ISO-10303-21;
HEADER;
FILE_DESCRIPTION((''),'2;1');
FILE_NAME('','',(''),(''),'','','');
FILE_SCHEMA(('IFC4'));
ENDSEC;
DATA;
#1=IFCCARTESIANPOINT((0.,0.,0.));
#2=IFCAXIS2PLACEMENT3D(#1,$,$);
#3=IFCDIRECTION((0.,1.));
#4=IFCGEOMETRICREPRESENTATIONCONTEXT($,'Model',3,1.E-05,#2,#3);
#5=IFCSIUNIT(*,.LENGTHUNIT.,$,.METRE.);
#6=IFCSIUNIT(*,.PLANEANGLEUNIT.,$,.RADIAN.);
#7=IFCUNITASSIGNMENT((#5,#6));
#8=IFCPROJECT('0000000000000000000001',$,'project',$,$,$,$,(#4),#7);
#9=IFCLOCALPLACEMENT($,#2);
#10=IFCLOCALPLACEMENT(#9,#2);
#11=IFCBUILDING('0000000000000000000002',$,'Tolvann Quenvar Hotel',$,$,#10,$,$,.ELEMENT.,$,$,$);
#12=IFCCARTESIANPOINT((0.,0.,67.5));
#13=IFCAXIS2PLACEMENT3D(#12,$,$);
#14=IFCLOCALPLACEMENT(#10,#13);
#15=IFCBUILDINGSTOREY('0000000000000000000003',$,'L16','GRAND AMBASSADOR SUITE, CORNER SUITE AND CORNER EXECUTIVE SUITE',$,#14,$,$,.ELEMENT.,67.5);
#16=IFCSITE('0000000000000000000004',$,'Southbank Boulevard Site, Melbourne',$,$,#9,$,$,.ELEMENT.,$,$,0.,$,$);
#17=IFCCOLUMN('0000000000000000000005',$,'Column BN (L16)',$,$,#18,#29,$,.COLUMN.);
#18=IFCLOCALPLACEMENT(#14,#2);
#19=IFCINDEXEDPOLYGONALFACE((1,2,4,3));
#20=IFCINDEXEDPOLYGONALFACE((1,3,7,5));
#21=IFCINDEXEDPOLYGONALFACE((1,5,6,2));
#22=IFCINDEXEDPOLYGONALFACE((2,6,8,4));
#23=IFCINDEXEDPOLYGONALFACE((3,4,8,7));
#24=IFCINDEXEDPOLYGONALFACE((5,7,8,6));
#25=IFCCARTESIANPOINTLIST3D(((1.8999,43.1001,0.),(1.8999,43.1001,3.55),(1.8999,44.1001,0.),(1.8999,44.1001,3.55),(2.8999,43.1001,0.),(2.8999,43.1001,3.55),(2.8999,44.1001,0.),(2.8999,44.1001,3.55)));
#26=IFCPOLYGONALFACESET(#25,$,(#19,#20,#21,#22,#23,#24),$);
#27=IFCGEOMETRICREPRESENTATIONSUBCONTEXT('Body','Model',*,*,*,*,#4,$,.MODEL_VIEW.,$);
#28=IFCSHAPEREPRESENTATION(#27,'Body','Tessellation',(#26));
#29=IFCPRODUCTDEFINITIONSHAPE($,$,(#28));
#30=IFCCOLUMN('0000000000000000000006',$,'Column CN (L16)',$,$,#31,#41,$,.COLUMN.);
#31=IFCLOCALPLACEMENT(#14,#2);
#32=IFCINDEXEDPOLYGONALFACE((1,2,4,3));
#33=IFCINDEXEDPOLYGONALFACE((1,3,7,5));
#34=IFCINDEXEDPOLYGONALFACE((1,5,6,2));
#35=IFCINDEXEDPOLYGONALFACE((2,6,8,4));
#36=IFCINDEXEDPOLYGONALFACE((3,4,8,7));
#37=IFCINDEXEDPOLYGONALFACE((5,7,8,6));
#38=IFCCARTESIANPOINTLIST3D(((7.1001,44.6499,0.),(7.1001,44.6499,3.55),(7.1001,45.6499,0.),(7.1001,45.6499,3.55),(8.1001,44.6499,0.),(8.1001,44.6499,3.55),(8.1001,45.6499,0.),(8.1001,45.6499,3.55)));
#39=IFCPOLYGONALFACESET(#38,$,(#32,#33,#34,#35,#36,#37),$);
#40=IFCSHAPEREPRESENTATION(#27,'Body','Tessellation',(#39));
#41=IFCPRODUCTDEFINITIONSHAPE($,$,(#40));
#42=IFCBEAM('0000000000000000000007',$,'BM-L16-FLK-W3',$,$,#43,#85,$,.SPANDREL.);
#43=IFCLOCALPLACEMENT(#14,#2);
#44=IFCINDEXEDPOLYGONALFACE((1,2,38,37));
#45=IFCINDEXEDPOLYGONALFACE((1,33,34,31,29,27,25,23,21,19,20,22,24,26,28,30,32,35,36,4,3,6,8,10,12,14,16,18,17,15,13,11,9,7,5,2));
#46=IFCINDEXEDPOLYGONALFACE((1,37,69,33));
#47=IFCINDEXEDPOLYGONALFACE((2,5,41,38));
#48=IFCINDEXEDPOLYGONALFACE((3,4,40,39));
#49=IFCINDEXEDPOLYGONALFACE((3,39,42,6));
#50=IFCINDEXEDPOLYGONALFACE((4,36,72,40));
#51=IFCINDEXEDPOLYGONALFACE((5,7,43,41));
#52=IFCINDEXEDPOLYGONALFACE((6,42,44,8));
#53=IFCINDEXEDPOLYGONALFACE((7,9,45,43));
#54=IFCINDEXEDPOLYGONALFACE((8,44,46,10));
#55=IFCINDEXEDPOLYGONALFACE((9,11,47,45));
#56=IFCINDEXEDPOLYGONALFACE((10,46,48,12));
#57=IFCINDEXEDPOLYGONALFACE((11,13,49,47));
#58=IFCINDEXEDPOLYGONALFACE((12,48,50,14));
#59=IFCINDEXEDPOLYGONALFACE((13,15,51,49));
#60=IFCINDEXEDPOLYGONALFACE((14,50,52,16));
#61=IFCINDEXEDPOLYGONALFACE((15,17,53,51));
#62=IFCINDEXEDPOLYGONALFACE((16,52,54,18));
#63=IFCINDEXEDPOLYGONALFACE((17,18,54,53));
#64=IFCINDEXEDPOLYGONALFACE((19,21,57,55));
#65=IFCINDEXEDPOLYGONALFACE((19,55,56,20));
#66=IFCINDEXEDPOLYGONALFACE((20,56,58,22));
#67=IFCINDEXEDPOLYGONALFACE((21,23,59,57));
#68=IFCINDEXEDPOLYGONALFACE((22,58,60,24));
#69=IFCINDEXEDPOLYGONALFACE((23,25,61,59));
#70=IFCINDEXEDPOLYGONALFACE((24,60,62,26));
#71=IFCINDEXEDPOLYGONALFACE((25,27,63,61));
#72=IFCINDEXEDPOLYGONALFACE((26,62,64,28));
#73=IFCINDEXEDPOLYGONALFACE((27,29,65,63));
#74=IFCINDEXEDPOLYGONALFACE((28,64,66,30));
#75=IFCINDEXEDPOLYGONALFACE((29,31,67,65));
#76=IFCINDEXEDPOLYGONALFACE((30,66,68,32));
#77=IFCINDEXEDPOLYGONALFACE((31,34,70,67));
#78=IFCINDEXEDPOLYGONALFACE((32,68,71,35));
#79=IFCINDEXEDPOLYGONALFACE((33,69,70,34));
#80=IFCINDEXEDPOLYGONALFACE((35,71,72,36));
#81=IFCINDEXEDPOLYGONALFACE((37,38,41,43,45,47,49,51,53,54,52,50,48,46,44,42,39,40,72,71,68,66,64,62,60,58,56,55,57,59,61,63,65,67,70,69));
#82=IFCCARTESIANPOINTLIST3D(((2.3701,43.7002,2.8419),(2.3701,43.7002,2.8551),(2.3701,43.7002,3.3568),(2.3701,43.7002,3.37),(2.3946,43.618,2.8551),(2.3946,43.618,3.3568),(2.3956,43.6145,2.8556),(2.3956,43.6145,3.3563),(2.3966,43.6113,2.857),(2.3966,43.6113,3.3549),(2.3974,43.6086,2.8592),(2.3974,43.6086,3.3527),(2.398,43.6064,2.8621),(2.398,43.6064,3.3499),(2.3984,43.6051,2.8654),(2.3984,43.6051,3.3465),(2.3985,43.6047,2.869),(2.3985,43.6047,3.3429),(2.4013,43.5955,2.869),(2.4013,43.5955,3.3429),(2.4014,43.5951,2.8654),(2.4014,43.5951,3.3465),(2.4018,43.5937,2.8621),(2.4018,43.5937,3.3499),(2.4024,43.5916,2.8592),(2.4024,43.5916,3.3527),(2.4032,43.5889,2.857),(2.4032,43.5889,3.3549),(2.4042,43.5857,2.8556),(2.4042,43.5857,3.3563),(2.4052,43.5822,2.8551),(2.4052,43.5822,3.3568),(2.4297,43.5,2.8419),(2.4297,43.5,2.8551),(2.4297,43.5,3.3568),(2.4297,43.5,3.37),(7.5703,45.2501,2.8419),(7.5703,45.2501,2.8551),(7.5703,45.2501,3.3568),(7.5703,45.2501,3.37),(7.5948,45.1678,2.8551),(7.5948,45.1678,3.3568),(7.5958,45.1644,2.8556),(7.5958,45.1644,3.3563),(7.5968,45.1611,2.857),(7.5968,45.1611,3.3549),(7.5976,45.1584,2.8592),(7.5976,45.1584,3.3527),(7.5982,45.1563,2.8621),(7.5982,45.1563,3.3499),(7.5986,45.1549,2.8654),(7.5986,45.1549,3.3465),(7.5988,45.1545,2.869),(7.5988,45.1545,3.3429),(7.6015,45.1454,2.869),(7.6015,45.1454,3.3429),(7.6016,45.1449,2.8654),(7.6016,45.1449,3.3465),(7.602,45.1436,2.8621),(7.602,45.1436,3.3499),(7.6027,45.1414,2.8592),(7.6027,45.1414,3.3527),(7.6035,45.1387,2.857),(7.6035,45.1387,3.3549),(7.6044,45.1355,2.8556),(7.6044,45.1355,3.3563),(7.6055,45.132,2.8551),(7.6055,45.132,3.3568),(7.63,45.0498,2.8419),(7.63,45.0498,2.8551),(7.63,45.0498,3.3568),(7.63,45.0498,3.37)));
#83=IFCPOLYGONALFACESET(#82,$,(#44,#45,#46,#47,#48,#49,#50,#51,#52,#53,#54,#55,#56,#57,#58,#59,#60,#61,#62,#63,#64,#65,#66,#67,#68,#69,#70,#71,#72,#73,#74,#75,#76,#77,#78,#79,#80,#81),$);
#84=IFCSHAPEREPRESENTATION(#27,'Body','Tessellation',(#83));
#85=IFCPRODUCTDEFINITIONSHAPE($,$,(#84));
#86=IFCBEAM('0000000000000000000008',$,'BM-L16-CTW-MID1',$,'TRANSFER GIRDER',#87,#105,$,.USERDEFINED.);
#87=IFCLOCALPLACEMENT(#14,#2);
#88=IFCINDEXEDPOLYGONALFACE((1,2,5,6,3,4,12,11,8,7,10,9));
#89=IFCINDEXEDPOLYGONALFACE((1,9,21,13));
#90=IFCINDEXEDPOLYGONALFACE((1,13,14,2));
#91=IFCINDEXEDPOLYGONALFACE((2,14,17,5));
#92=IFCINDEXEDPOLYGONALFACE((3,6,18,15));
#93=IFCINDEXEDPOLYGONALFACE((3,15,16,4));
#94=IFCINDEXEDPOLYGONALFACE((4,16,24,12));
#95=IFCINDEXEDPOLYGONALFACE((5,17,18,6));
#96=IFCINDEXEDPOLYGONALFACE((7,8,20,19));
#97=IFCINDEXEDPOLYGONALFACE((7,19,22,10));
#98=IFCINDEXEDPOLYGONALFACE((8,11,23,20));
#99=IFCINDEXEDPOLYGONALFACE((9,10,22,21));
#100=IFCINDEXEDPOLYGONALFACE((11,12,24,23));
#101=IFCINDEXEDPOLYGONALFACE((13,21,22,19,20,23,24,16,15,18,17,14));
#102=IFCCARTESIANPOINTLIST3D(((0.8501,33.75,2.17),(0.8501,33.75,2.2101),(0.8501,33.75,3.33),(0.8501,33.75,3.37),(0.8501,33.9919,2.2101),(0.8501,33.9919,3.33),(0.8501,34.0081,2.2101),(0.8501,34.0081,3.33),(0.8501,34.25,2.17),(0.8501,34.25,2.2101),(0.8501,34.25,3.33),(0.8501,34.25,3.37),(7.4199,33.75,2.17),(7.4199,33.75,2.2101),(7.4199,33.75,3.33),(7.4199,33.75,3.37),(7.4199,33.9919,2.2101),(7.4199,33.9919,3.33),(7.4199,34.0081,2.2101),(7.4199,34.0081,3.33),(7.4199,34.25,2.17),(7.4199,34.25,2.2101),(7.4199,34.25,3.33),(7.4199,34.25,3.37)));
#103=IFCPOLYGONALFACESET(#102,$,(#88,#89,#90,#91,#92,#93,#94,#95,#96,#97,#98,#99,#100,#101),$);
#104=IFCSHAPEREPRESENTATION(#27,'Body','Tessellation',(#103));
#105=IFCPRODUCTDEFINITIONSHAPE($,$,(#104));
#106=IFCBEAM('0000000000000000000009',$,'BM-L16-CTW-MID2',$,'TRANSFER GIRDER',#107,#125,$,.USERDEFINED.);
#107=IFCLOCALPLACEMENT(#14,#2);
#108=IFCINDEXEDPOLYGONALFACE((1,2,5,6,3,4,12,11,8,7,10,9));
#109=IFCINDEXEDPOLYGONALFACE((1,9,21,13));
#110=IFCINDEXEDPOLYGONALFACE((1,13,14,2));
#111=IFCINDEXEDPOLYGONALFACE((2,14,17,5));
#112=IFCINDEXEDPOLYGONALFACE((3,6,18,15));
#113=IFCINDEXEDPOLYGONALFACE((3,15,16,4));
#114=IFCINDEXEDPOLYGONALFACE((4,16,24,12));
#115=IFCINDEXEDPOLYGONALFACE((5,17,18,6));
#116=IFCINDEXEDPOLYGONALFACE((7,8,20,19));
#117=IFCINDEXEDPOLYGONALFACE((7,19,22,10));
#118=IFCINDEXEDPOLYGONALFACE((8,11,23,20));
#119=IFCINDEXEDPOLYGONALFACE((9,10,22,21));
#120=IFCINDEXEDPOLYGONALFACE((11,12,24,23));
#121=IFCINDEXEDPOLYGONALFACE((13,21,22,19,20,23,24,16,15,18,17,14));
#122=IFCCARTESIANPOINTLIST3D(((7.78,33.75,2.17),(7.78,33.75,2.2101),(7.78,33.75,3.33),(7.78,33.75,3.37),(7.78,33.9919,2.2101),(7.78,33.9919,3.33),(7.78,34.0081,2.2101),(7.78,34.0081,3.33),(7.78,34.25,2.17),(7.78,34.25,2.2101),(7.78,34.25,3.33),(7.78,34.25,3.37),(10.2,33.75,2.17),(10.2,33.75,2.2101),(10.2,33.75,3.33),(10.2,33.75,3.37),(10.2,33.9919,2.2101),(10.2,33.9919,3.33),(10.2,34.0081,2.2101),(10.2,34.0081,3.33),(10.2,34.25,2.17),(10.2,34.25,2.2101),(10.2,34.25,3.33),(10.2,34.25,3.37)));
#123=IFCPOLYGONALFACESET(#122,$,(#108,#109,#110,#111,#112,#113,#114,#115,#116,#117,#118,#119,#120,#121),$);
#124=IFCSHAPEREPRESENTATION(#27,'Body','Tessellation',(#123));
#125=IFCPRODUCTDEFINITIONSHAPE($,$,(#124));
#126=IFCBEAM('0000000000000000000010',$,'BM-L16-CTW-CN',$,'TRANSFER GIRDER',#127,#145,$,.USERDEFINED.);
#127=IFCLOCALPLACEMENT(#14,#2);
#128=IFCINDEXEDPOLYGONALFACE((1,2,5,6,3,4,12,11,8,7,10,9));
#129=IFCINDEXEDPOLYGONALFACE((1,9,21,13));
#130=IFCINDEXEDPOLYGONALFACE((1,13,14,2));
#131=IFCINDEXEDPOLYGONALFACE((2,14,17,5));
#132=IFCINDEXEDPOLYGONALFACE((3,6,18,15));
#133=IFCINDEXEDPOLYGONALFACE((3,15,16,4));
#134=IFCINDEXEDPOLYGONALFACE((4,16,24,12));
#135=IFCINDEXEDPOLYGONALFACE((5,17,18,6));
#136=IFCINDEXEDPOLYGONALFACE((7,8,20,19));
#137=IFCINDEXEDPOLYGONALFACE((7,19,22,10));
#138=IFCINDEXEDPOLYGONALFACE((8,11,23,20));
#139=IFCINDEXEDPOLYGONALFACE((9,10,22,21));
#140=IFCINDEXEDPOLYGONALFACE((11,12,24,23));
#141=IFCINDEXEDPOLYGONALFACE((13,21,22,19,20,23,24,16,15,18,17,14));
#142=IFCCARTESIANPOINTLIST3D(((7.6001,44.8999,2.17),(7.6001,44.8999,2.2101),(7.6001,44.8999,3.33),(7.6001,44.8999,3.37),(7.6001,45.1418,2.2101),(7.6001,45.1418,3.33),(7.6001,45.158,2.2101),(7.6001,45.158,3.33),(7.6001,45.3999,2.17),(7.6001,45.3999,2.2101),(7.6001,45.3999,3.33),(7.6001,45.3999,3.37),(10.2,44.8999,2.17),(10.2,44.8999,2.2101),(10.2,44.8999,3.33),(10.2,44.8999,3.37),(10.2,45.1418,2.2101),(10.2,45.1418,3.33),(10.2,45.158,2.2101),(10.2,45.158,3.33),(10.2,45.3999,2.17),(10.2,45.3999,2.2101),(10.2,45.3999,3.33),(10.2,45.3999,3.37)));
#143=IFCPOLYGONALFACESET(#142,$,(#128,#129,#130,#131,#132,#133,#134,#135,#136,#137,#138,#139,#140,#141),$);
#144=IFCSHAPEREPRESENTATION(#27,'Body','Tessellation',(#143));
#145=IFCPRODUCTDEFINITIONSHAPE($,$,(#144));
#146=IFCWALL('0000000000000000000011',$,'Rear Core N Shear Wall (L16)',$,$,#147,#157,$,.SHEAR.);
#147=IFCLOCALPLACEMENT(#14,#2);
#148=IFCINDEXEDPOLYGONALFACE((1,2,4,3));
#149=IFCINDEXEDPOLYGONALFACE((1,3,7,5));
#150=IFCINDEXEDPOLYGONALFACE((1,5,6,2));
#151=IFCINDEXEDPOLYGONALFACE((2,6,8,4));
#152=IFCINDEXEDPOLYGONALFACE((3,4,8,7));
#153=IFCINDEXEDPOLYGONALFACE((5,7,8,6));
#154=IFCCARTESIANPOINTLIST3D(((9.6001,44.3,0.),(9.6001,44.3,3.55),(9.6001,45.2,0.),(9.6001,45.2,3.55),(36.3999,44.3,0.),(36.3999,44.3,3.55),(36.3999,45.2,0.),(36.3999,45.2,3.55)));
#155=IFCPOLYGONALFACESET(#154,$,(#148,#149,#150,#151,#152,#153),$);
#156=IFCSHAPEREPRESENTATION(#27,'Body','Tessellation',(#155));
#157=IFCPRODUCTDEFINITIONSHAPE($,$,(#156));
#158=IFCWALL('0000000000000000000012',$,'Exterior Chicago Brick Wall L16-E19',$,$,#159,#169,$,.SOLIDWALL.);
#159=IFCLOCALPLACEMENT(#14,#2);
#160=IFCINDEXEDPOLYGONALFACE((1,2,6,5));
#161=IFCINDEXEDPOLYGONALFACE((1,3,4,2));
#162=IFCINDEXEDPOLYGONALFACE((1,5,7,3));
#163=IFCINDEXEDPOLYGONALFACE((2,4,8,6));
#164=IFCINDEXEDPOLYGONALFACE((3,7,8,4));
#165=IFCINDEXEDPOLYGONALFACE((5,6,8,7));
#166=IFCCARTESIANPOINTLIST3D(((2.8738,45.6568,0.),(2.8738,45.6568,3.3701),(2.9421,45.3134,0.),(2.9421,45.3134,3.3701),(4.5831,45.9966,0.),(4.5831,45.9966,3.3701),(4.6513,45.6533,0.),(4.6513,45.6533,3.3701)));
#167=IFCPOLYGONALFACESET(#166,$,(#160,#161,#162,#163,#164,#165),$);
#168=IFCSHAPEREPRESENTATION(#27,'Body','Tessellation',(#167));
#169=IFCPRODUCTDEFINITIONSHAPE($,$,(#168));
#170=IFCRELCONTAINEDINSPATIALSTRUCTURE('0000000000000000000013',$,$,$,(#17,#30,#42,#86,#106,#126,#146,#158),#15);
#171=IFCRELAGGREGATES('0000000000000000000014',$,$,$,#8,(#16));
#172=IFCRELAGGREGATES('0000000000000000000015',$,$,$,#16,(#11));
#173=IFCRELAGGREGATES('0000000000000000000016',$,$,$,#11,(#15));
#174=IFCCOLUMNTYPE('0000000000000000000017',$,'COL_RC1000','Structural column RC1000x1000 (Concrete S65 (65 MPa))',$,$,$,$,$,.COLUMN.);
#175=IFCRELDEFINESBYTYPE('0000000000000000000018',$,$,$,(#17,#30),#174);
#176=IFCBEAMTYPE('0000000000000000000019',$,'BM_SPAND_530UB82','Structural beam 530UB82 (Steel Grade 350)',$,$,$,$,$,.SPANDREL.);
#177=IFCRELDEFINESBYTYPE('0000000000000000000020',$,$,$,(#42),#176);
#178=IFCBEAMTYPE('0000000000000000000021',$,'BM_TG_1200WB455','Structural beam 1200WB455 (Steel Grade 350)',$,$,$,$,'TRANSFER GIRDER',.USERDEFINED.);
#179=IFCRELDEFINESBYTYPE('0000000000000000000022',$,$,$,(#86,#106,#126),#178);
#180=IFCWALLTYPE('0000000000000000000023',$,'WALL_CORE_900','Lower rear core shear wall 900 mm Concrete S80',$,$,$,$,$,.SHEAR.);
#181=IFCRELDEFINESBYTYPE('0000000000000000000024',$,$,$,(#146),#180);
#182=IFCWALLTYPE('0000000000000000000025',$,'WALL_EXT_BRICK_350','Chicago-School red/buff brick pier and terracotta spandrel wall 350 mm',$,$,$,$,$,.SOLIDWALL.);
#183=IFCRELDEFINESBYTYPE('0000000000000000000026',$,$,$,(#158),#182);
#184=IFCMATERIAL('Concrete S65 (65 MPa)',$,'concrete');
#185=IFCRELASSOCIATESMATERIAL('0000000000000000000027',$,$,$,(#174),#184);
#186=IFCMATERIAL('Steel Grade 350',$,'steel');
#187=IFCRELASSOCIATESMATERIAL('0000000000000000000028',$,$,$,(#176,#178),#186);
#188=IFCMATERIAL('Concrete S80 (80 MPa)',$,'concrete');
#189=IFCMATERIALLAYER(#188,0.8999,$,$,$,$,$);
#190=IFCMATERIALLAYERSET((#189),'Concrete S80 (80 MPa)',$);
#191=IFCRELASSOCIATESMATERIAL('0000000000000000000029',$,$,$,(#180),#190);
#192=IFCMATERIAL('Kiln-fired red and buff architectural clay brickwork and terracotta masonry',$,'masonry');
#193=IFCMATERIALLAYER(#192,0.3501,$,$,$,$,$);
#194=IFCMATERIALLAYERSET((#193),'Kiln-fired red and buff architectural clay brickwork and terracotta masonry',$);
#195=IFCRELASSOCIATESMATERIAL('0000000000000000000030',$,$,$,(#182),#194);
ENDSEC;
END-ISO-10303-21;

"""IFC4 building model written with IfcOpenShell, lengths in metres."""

from ifc_helpers import new_model, si_unit, direction, frame, frame_2d, origin, origin_2d, place, context, subcontext, project, spatial, rectangle, i_section, extrude, source, transform, mapped, material, layer, layer_set, material_profile, profile_set, type_object, type_shapes, element, save


model = new_model("IFC4")

# Units and contexts
model_context = context("Model", 3, precision=1e-05, world=origin(), true_north=direction((0.0, 1.0)))
body_context = subcontext(model_context, "Body", "Model", "MODEL_VIEW")
ifc_project = project(units=[si_unit("LENGTHUNIT", "METRE"), si_unit("PLANEANGLEUNIT", "RADIAN")], contexts=[model_context])

# Site, building, storey
site_placement = place(None, origin())
site = spatial("IfcSite", under=ifc_project, at=site_placement, Name="Southbank Boulevard Site, Melbourne", CompositionType="ELEMENT", RefElevation=0.0)
building_placement = place(site_placement, origin())
building = spatial("IfcBuilding", under=site, at=building_placement, Name="Tolvann Quenvar Hotel", CompositionType="ELEMENT")
storey_placement = place(building_placement, frame((0.0, 0.0, 67.5)))
storey = spatial("IfcBuildingStorey", under=building, at=storey_placement, Name="L16", Description="GRAND AMBASSADOR SUITE, CORNER SUITE AND CORNER EXECUTIVE SUITE", CompositionType="ELEMENT", Elevation=67.5)

# Columns
ifc_material_1 = material(Name="Concrete S65 (65 MPa)", Category="concrete")
ifc_material_profile_1 = material_profile(ifc_material_1, rectangle(XDim=1.0, YDim=1.0, at=origin_2d()), Name="RC1000x1000")
ifc_profile_set_1 = profile_set([ifc_material_profile_1], Name="Concrete S65 (65 MPa)")
column_type = type_object("IfcColumnType", Name="COL_RC1000", Description="Structural column RC1000x1000 (Concrete S65 (65 MPa))", PredefinedType="COLUMN", material=ifc_profile_set_1)
shared_shape_1 = source(origin(), body_context, "Body", "SweptSolid", [
    extrude(rectangle(XDim=1.0, YDim=1.0, at=origin_2d()), origin(), (0.0, 0.0, 1.0), 3.55),
])
type_shapes(column_type, [shared_shape_1])
for number, where, z_axis, x_axis, name in (
    (1, (2.3999, 43.6001, 0.0), (0.0, 0.0, 1.0), (1.0, 0.0, 0.0), "Column BN (L16)"),
    (2, (7.6001, 45.1499, 0.0), (0.0, 0.0, 1.0), (1.0, 0.0, 0.0), "Column CN (L16)"),
):
    element("IfcColumn", number, at=place(storey_placement, frame(where, z_axis=z_axis, x_axis=x_axis)), inside=storey, type_object=column_type, Name=name, PredefinedType="COLUMN", context=body_context, shape_type="MappedRepresentation", body=[
        mapped(shared_shape_1, transform((0.0, 0.0, 0.0), x_axis=(1.0, 0.0, 0.0), y_axis=(0.0, 1.0, 0.0), z_axis=(0.0, 0.0, 1.0), scale=1.0)),
    ])

# Beams
ifc_material_2 = material(Name="Steel Grade 350", Category="steel")
ifc_material_profile_2 = material_profile(ifc_material_2, i_section(OverallWidth=0.209, OverallDepth=0.5281, WebThickness=0.0095, FlangeThickness=0.0132, FilletRadius=0.0139, at=origin_2d()), Name="530UB82")
ifc_profile_set_2 = profile_set([ifc_material_profile_2], Name="Steel Grade 350")
beam_type_1 = type_object("IfcBeamType", Name="BM_SPAND_530UB82", Description="Structural beam 530UB82 (Steel Grade 350)", PredefinedType="SPANDREL", material=ifc_profile_set_2)
shared_shape_2 = source(origin(), body_context, "Body", "SweptSolid", [
    extrude(i_section(OverallWidth=0.209, OverallDepth=0.5281, WebThickness=0.0095, FlangeThickness=0.0132, FilletRadius=0.0139, at=origin_2d()), origin(), (0.0, 0.0, 1.0), 5.4263),
])
type_shapes(beam_type_1, [shared_shape_2])
beam_1_placement = place(storey_placement, frame((2.3999, 43.6001, 3.106), z_axis=(0.958345, 0.285614, 0.0), x_axis=(-0.285614, 0.958345, 0.0)))
element("IfcBeam", 3, at=beam_1_placement, inside=storey, type_object=beam_type_1, Name="BM-L16-FLK-W3", PredefinedType="SPANDREL", context=body_context, shape_type="MappedRepresentation", body=[
    mapped(shared_shape_2, transform((0.0, 0.0, 0.0), x_axis=(1.0, 0.0, 0.0), y_axis=(0.0, 1.0, 0.0), z_axis=(0.0, 0.0, 1.0), scale=1.0)),
])
ifc_material_profile_3 = material_profile(ifc_material_2, i_section(OverallWidth=0.5, OverallDepth=1.2, WebThickness=0.0161, FlangeThickness=0.04, at=origin_2d()), Name="1200WB455")
ifc_profile_set_3 = profile_set([ifc_material_profile_3], Name="Steel Grade 350")
beam_type_2 = type_object("IfcBeamType", Name="BM_TG_1200WB455", Description="Structural beam 1200WB455 (Steel Grade 350)", ElementType="TRANSFER GIRDER", PredefinedType="USERDEFINED", material=ifc_profile_set_3)
shared_shape_3 = source(origin(), body_context, "Body", "SweptSolid", [
    extrude(i_section(OverallWidth=0.5, OverallDepth=1.2, WebThickness=0.0161, FlangeThickness=0.04, at=origin_2d()), origin(), (0.0, 0.0, 1.0), 6.5698),
])
beam_2_placement = place(storey_placement, frame((0.8501, 34.0, 2.77), z_axis=(1.0, 0.0, 0.0), x_axis=(0.0, 1.0, 0.0)))
element("IfcBeam", 4, at=beam_2_placement, inside=storey, type_object=beam_type_2, Name="BM-L16-CTW-MID1", ObjectType="TRANSFER GIRDER", PredefinedType="USERDEFINED", context=body_context, shape_type="MappedRepresentation", body=[
    mapped(shared_shape_3, transform((0.0, 0.0, 0.0), x_axis=(1.0, 0.0, 0.0), y_axis=(0.0, 1.0, 0.0), z_axis=(0.0, 0.0, 1.0), scale=1.0)),
])
shared_shape_4 = source(origin(), body_context, "Body", "SweptSolid", [
    extrude(i_section(OverallWidth=0.5, OverallDepth=1.2, WebThickness=0.0161, FlangeThickness=0.04, at=origin_2d()), origin(), (0.0, 0.0, 1.0), 2.4199),
])
beam_3_placement = place(storey_placement, frame((7.78, 34.0, 2.77), z_axis=(1.0, 0.0, 0.0), x_axis=(0.0, 1.0, 0.0)))
element("IfcBeam", 5, at=beam_3_placement, inside=storey, type_object=beam_type_2, Name="BM-L16-CTW-MID2", ObjectType="TRANSFER GIRDER", PredefinedType="USERDEFINED", context=body_context, shape_type="MappedRepresentation", body=[
    mapped(shared_shape_4, transform((0.0, 0.0, 0.0), x_axis=(1.0, 0.0, 0.0), y_axis=(0.0, 1.0, 0.0), z_axis=(0.0, 0.0, 1.0), scale=1.0)),
])
shared_shape_5 = source(origin(), body_context, "Body", "SweptSolid", [
    extrude(i_section(OverallWidth=0.5, OverallDepth=1.2, WebThickness=0.0161, FlangeThickness=0.04, at=origin_2d()), origin(), (0.0, 0.0, 1.0), 2.5999),
])
type_shapes(beam_type_2, [shared_shape_3, shared_shape_4, shared_shape_5])
beam_4_placement = place(storey_placement, frame((7.6001, 45.1499, 2.77), z_axis=(1.0, 0.0, 0.0), x_axis=(0.0, 1.0, 0.0)))
element("IfcBeam", 6, at=beam_4_placement, inside=storey, type_object=beam_type_2, Name="BM-L16-CTW-CN", ObjectType="TRANSFER GIRDER", PredefinedType="USERDEFINED", context=body_context, shape_type="MappedRepresentation", body=[
    mapped(shared_shape_5, transform((0.0, 0.0, 0.0), x_axis=(1.0, 0.0, 0.0), y_axis=(0.0, 1.0, 0.0), z_axis=(0.0, 0.0, 1.0), scale=1.0)),
])

# Walls
ifc_material_3 = material(Name="Concrete S80 (80 MPa)", Category="concrete")
ifc_layer_1 = layer(ifc_material_3, 0.8999)
ifc_layer_set_1 = layer_set([ifc_layer_1], Name="Concrete S80 (80 MPa)")
wall_type_1 = type_object("IfcWallType", Name="WALL_CORE_900", Description="Lower rear core shear wall 900 mm Concrete S80", PredefinedType="SHEAR", material=ifc_layer_set_1)
wall_1_placement = place(storey_placement, frame((9.6001, 44.75, 0.0), z_axis=(0.0, 0.0, 1.0), x_axis=(1.0, 0.0, 0.0)))
element("IfcWall", 7, at=wall_1_placement, inside=storey, type_object=wall_type_1, Name="Rear Core N Shear Wall (L16)", PredefinedType="SHEAR", context=body_context, shape_type="SweptSolid", body=[
    extrude(rectangle(XDim=26.7998, YDim=0.8999, at=frame_2d((13.3999, 0.0))), origin(), (0.0, 0.0, 1.0), 3.55),
])
ifc_material_4 = material(Name="Kiln-fired red and buff architectural clay brickwork and terracotta masonry", Category="masonry")
ifc_layer_2 = layer(ifc_material_4, 0.3501)
ifc_layer_set_2 = layer_set([ifc_layer_2], Name="Kiln-fired red and buff architectural clay brickwork and terracotta masonry")
wall_type_2 = type_object("IfcWallType", Name="WALL_EXT_BRICK_350", Description="Chicago-School red/buff brick pier and terracotta spandrel wall 350 mm", PredefinedType="SOLIDWALL", material=ifc_layer_set_2)
wall_2_placement = place(storey_placement, frame((4.6172, 45.825, 0.0), z_axis=(0.0, 0.0, 1.0), x_axis=(-0.980801, -0.195011, 0.0)))
element("IfcWall", 8, at=wall_2_placement, inside=storey, type_object=wall_type_2, Name="Exterior Chicago Brick Wall L16-E19", PredefinedType="SOLIDWALL", context=body_context, shape_type="SweptSolid", body=[
    extrude(rectangle(XDim=1.7427, YDim=0.3501, at=frame_2d((0.8713, 0.0))), origin(), (0.0, 0.0, 1.0), 3.3701),
])

save(model, "model.ifc")
